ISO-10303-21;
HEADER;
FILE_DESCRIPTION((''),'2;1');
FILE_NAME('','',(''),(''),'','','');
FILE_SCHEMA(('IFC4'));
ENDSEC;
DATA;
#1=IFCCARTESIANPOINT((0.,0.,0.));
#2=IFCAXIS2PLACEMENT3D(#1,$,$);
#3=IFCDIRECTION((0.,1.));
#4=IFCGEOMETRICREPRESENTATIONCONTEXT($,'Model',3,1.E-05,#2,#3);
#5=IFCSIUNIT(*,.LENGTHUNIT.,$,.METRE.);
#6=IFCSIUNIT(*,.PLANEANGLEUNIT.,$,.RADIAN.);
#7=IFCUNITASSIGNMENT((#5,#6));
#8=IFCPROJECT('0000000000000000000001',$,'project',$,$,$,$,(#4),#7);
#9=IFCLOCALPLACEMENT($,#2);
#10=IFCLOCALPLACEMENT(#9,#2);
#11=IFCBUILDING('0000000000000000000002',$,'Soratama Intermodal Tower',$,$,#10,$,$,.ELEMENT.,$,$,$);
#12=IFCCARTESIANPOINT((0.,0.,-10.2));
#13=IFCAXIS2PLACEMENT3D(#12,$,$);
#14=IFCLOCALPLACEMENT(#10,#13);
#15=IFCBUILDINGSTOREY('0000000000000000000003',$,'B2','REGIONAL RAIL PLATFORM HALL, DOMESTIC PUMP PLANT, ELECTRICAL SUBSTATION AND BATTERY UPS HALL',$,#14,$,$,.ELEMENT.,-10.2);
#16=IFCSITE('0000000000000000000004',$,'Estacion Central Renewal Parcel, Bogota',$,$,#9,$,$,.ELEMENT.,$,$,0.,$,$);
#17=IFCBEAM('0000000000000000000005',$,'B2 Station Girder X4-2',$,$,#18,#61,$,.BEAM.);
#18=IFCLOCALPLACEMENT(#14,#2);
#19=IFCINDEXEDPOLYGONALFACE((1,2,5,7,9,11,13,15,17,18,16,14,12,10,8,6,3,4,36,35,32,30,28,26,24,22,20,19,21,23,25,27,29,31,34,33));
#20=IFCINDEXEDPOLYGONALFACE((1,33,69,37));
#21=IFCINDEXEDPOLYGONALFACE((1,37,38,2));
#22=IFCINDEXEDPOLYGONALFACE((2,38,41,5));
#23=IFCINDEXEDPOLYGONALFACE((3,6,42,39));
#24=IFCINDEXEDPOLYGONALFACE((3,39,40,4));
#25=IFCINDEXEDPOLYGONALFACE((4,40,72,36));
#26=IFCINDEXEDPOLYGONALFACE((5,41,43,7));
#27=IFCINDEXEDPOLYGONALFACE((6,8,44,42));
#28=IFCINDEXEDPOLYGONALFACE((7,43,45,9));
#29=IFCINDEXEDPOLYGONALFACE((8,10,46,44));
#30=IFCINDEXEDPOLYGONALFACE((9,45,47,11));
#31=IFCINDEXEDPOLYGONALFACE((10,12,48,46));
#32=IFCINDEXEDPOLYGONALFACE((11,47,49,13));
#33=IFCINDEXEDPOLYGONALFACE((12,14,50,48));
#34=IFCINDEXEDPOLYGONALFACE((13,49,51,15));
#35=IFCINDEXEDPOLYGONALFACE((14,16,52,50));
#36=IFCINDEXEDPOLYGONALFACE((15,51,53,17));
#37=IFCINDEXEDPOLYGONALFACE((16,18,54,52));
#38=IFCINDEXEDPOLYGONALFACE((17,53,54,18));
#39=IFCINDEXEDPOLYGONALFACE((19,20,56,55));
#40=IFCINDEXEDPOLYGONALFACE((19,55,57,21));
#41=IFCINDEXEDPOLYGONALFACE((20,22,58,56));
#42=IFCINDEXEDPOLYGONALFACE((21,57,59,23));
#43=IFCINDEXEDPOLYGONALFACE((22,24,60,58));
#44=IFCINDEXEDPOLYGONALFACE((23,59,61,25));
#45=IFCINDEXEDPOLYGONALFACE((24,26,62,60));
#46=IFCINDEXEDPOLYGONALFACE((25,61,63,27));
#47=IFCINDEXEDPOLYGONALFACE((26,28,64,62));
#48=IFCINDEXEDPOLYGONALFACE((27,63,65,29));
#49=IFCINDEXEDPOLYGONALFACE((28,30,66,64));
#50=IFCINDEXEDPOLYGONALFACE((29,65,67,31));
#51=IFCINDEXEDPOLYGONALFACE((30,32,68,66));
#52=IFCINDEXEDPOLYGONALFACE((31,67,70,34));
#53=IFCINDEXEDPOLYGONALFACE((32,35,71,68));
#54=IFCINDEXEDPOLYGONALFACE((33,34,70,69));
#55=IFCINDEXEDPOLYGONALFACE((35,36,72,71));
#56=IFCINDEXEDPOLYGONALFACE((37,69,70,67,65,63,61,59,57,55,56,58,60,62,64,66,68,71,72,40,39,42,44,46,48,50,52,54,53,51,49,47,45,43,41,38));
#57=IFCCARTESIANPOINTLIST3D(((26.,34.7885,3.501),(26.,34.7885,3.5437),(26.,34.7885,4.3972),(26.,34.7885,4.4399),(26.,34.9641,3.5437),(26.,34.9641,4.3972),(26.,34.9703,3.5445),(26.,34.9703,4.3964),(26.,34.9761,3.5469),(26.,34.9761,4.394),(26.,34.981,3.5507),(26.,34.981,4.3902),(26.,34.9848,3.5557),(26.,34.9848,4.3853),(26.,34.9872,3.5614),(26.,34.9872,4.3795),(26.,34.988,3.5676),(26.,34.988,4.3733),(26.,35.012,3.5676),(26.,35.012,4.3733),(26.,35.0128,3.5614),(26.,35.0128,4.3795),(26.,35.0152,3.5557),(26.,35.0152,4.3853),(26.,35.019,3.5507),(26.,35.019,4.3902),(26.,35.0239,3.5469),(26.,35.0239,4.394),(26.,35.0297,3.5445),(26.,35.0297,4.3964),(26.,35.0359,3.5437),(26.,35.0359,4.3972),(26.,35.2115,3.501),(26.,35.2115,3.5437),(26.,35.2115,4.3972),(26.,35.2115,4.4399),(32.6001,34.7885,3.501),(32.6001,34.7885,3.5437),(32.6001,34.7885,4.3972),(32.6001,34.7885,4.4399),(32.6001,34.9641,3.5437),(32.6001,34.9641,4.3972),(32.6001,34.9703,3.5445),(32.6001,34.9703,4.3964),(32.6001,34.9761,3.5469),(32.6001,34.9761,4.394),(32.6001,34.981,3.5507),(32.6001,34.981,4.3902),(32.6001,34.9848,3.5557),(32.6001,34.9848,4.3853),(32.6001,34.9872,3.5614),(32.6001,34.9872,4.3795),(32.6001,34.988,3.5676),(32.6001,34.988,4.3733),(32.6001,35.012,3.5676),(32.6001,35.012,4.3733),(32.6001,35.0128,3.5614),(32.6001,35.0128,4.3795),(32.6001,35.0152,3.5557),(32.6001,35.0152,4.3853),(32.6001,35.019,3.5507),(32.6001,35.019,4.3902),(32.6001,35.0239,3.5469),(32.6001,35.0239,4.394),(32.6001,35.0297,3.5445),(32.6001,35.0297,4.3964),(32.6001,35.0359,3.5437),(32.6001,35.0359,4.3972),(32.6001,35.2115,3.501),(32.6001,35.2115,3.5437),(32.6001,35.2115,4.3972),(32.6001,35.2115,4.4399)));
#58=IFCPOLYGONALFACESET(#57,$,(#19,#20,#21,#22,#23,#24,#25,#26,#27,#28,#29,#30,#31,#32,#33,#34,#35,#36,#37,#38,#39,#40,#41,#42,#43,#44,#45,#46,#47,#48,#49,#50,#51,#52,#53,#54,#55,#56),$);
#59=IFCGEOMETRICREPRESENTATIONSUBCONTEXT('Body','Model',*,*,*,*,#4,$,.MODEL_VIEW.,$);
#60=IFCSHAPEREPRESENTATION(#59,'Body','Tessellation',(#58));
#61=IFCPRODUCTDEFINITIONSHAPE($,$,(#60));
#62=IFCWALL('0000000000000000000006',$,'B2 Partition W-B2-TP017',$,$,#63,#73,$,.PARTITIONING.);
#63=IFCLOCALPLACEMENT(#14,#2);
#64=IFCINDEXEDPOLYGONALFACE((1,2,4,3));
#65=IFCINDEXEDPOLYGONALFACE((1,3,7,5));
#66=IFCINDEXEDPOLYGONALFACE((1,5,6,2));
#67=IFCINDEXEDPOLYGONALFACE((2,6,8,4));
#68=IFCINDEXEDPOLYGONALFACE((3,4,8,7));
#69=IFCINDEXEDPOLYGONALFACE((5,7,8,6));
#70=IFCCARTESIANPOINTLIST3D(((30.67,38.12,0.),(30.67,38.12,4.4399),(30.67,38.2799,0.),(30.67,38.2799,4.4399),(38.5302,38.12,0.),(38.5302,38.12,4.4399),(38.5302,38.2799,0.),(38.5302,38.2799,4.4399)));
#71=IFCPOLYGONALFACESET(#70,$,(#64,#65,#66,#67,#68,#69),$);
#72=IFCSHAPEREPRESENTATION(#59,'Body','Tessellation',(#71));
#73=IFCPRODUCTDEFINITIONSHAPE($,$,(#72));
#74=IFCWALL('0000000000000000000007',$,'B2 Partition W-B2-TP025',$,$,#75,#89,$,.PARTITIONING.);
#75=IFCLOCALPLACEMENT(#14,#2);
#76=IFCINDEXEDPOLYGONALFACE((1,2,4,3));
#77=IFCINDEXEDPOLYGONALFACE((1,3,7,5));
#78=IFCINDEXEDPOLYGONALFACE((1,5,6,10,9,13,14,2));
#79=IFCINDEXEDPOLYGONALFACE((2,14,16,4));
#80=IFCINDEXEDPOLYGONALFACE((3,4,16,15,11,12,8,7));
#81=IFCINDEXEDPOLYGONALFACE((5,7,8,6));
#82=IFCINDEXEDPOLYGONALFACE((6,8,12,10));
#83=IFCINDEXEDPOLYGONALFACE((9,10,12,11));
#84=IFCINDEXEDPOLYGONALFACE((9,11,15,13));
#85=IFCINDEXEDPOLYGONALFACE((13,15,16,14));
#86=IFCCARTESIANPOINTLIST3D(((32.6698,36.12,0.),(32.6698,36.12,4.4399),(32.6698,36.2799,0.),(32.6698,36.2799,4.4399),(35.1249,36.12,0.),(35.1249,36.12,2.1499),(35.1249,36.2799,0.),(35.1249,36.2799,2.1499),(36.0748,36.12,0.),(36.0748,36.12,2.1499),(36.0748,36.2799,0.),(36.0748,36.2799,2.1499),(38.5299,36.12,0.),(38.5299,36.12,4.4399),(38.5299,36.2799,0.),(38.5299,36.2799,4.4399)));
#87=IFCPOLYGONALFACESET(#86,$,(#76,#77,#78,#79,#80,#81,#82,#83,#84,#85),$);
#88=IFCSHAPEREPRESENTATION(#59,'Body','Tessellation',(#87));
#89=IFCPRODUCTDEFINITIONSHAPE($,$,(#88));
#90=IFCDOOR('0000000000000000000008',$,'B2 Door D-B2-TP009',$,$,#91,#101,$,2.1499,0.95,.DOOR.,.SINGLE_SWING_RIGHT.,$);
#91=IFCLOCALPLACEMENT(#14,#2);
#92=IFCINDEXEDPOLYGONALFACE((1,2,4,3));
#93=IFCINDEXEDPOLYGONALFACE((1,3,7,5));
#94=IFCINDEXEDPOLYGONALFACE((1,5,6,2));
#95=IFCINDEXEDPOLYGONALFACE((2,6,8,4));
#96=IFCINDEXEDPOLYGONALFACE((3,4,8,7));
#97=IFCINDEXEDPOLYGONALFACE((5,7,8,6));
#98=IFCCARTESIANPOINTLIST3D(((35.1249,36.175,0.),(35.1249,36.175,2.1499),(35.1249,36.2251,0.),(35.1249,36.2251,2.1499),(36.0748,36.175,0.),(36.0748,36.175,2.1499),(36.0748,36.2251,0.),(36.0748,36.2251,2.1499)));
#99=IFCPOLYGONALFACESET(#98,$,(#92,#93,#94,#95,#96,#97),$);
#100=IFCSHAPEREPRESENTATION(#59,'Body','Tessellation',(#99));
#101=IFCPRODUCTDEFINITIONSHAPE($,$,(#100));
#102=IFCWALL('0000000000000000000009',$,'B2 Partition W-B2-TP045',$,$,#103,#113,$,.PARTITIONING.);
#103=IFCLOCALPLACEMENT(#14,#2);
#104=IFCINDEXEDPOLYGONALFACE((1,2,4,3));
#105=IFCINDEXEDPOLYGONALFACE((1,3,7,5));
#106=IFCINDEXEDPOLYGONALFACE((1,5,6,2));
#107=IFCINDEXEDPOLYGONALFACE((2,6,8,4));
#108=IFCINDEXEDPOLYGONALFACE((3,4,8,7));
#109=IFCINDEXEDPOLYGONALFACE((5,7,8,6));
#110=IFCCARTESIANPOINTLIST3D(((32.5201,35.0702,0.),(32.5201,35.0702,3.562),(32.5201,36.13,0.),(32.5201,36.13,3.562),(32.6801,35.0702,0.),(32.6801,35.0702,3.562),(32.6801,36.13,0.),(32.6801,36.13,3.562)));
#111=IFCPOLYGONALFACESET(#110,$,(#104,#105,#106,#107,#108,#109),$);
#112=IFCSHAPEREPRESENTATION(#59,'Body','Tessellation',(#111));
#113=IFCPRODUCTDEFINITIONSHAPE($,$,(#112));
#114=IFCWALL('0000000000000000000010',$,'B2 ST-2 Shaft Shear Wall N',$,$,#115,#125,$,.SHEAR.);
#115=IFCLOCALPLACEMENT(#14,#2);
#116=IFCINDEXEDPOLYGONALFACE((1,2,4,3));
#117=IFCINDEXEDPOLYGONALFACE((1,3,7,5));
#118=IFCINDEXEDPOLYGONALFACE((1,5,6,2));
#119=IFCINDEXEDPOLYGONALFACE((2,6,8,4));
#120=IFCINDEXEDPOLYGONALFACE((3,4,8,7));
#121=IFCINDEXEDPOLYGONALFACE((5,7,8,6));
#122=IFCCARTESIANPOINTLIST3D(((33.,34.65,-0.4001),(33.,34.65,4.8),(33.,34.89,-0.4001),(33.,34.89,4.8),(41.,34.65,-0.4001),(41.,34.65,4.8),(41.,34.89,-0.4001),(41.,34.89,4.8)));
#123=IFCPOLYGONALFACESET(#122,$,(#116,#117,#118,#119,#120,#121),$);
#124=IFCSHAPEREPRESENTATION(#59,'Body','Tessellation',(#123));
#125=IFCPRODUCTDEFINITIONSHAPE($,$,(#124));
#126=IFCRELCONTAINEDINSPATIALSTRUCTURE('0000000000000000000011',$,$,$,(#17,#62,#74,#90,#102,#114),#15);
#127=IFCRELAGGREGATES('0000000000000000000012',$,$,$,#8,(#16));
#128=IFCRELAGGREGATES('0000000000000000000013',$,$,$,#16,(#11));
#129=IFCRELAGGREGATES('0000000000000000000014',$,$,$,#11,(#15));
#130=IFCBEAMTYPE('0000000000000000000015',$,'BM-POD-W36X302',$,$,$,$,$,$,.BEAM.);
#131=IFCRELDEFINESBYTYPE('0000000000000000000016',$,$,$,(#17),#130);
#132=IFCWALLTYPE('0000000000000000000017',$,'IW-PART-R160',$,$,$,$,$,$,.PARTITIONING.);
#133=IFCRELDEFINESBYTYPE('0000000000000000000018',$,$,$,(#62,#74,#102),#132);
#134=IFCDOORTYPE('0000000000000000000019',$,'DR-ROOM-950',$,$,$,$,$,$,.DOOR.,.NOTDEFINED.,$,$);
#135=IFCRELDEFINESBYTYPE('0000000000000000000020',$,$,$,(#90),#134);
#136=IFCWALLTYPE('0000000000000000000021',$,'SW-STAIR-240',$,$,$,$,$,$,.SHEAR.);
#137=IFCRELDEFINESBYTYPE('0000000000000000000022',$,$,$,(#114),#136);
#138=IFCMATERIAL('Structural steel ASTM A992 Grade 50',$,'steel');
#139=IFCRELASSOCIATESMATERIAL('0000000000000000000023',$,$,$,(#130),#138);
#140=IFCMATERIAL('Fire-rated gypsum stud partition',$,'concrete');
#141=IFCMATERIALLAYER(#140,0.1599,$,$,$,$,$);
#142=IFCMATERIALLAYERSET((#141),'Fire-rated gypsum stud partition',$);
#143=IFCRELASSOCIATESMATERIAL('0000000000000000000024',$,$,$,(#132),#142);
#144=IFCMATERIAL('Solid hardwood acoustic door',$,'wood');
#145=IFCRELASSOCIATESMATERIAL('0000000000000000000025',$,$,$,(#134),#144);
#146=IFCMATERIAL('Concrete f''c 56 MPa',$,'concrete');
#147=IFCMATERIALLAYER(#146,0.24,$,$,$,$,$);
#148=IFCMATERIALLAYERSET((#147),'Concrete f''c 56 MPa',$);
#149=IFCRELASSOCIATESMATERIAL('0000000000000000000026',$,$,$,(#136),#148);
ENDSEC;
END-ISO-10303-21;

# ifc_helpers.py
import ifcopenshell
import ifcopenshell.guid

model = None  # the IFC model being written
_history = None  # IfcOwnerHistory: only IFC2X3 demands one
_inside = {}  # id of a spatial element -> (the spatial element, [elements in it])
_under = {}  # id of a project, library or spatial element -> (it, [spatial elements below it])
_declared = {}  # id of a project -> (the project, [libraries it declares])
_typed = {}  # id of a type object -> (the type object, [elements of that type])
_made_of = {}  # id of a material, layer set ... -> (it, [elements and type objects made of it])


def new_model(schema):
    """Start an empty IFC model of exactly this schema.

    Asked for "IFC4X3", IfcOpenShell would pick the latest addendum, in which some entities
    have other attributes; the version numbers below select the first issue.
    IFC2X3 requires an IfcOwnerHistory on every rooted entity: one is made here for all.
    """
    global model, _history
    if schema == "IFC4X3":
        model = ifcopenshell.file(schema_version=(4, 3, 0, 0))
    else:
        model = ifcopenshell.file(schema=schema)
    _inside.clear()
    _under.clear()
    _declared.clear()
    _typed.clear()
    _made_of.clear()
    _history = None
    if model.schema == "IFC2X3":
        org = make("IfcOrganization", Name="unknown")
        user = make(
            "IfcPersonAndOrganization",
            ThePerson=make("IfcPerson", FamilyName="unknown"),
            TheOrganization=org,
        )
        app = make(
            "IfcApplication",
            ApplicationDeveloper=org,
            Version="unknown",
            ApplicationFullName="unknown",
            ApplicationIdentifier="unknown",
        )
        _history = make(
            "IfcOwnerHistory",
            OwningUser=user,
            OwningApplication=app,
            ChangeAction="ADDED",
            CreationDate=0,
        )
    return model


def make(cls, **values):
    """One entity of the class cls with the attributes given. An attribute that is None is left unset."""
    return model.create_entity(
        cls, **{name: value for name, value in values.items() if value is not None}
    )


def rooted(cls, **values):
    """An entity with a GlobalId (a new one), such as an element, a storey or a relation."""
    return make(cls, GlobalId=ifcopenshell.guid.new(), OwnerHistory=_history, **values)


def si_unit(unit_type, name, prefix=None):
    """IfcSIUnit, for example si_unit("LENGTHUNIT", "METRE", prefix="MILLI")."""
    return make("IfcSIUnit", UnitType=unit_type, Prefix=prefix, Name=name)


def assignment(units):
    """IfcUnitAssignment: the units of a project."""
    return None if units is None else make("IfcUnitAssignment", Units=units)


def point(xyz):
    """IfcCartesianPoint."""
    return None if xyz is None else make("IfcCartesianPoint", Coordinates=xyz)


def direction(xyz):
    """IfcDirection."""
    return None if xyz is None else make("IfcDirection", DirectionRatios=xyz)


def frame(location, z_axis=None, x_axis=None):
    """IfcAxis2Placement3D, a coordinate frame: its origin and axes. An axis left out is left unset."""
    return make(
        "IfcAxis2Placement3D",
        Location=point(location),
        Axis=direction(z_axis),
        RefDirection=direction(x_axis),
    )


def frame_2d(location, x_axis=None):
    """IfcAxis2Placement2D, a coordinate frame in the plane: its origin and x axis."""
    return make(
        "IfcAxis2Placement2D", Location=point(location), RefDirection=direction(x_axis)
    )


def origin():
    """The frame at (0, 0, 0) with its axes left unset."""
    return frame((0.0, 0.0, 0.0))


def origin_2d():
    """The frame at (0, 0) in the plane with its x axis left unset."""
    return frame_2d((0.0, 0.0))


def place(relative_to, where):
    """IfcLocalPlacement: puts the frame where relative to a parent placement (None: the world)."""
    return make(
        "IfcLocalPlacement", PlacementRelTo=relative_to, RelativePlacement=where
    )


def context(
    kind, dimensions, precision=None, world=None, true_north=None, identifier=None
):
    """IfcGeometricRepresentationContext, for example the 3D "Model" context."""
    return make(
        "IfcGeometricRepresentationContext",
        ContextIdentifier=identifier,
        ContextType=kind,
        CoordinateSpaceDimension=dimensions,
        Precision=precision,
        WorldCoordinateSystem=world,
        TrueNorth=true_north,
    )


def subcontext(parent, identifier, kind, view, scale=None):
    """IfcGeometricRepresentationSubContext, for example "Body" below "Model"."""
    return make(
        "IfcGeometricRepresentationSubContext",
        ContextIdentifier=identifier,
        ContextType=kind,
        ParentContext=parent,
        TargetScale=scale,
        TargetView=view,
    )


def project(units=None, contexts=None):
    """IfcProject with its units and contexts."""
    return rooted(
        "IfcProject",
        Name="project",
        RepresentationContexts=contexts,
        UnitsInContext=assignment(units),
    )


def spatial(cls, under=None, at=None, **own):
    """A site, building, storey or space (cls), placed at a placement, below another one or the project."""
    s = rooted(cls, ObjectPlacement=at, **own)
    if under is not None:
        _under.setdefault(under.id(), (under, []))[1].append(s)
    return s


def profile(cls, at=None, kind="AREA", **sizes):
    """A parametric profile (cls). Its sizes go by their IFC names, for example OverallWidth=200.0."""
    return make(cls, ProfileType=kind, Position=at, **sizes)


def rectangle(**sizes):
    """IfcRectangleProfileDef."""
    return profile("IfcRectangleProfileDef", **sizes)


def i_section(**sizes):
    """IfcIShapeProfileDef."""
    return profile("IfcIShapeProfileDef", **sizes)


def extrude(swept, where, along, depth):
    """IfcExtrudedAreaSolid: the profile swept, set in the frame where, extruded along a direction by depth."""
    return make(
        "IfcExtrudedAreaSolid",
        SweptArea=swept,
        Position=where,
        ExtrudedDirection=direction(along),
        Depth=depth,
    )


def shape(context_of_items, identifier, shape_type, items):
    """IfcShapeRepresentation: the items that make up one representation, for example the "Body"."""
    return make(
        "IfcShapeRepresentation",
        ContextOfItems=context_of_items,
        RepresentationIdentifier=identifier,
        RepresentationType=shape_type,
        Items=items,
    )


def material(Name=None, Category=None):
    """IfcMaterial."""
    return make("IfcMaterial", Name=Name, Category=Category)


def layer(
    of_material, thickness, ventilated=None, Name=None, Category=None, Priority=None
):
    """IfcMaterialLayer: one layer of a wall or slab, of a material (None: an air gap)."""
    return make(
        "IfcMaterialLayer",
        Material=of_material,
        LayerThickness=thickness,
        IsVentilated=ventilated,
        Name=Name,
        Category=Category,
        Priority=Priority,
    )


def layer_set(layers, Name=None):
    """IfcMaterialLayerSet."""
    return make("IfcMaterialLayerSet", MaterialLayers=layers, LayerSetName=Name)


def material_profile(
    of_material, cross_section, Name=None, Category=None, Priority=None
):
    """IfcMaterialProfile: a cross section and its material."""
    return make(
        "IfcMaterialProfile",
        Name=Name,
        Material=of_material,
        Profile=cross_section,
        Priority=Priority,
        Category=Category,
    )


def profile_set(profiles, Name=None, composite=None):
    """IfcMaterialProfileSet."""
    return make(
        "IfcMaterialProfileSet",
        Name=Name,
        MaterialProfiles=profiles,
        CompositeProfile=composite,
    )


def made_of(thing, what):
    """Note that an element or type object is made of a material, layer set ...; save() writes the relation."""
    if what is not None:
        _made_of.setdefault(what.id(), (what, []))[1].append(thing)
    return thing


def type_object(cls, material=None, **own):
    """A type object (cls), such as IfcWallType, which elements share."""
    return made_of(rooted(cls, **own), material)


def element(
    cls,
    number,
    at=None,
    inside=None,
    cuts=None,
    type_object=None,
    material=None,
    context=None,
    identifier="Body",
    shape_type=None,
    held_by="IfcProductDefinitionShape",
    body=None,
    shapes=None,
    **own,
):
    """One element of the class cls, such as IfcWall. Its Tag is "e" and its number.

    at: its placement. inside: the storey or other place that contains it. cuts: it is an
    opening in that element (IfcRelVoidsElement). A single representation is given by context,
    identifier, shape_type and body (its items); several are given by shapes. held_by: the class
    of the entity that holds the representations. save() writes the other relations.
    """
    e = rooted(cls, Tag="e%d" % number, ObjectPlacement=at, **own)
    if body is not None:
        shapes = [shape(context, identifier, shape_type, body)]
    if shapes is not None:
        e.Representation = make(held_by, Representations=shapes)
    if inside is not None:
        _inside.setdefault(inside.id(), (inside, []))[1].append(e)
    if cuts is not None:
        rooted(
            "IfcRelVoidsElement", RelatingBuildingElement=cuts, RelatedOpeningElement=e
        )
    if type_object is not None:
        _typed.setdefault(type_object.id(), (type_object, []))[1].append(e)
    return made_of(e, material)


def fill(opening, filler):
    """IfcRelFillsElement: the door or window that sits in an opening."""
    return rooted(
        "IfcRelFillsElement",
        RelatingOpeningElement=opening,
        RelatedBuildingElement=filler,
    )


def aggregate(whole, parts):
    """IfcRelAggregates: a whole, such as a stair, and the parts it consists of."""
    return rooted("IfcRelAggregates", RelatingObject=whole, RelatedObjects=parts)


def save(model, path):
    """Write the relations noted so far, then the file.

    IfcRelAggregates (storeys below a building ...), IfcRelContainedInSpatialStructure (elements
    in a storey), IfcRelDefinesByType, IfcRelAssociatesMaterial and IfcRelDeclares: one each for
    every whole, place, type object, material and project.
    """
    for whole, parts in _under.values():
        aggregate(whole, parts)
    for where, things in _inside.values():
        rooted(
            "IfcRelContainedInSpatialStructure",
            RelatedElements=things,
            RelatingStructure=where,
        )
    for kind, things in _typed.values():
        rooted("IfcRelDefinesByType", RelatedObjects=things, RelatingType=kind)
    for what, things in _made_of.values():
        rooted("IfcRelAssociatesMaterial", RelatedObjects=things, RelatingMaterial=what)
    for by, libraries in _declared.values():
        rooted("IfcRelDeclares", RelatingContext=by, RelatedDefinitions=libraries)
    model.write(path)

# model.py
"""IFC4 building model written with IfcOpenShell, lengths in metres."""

from ifc_helpers import new_model, si_unit, direction, frame, frame_2d, origin, origin_2d, place, context, subcontext, project, spatial, rectangle, i_section, extrude, material, layer, layer_set, material_profile, profile_set, type_object, element, fill, save


model = new_model("IFC4")

# Units and contexts
model_context = context("Model", 3, precision=1e-05, world=origin(), true_north=direction((0.0, 1.0)))
body_context = subcontext(model_context, "Body", "Model", "MODEL_VIEW")
ifc_project = project(units=[si_unit("LENGTHUNIT", "METRE"), si_unit("PLANEANGLEUNIT", "RADIAN")], contexts=[model_context])

# Site, building, storey
site_placement = place(None, origin())
site = spatial("IfcSite", under=ifc_project, at=site_placement, Name="Estacion Central Renewal Parcel, Bogota", CompositionType="ELEMENT", RefElevation=0.0)
building_placement = place(site_placement, origin())
building = spatial("IfcBuilding", under=site, at=building_placement, Name="Soratama Intermodal Tower", CompositionType="ELEMENT")
storey_placement = place(building_placement, frame((0.0, 0.0, -10.2)))
storey = spatial("IfcBuildingStorey", under=building, at=storey_placement, Name="B2", Description="REGIONAL RAIL PLATFORM HALL, DOMESTIC PUMP PLANT, ELECTRICAL SUBSTATION AND BATTERY UPS HALL", CompositionType="ELEMENT", Elevation=-10.2)

# Beam
ifc_material_1 = material(Name="Structural steel ASTM A992 Grade 50", Category="steel")
ifc_material_profile_1 = material_profile(ifc_material_1, i_section(OverallWidth=0.4231, OverallDepth=0.939, WebThickness=0.0239, FlangeThickness=0.0427, FilletRadius=0.0239, at=origin_2d()), Name="W36X302")
ifc_profile_set_1 = profile_set([ifc_material_profile_1], Name="Structural steel ASTM A992 Grade 50")
beam_type_1 = type_object("IfcBeamType", Name="BM-POD-W36X302", PredefinedType="BEAM", material=ifc_profile_set_1)
beam_1_placement = place(storey_placement, frame((26.0, 35.0, 3.9705), z_axis=(1.0, 0.0, 0.0), x_axis=(0.0, 1.0, 0.0)))
element("IfcBeam", 1, at=beam_1_placement, inside=storey, type_object=beam_type_1, Name="B2 Station Girder X4-2", PredefinedType="BEAM", context=body_context, shape_type="SweptSolid", body=[
    extrude(i_section(OverallWidth=0.4231, OverallDepth=0.939, WebThickness=0.0239, FlangeThickness=0.0427, FilletRadius=0.0239, at=origin_2d()), origin(), (0.0, 0.0, 1.0), 6.6001),
])

# Wall
ifc_material_2 = material(Name="Fire-rated gypsum stud partition", Category="concrete")
ifc_layer_1 = layer(ifc_material_2, 0.1599)
ifc_layer_set_1 = layer_set([ifc_layer_1], Name="Fire-rated gypsum stud partition")
wall_type_1 = type_object("IfcWallType", Name="IW-PART-R160", PredefinedType="PARTITIONING", material=ifc_layer_set_1)
wall_1_placement = place(storey_placement, frame((30.6699, 38.2, 0.0), z_axis=(0.0, 0.0, 1.0), x_axis=(1.0, 0.0, 0.0)))
element("IfcWall", 2, at=wall_1_placement, inside=storey, type_object=wall_type_1, Name="B2 Partition W-B2-TP017", PredefinedType="PARTITIONING", context=body_context, shape_type="SweptSolid", body=[
    extrude(rectangle(XDim=7.8601, YDim=0.1599, at=frame_2d((3.9302, 0.0))), origin(), (0.0, 0.0, 1.0), 4.4399),
])

# Wall, opening, door
wall_2_placement = place(storey_placement, frame((38.53, 36.2, 0.0), z_axis=(0.0, 0.0, 1.0), x_axis=(-1.0, 0.0, 0.0)))
wall_2 = element("IfcWall", 3, at=wall_2_placement, inside=storey, type_object=wall_type_1, Name="B2 Partition W-B2-TP025", PredefinedType="PARTITIONING", context=body_context, shape_type="SweptSolid", body=[
    extrude(rectangle(XDim=5.8601, YDim=0.1599, at=frame_2d((2.9302, 0.0))), origin(), (0.0, 0.0, 1.0), 4.4399),
])
opening_placement = place(wall_2_placement, frame((2.4551, 0.0, 0.0)))
opening = element("IfcOpeningElement", 4, at=opening_placement, cuts=wall_2, PredefinedType="OPENING", context=body_context, shape_type="SweptSolid", body=[
    extrude(rectangle(XDim=0.95, YDim=2.1499, at=frame_2d((0.4751, 1.075))), frame((0.0, 0.0898, 0.0), z_axis=(0.0, -1.0, 0.0), x_axis=(1.0, 0.0, 0.0)), (0.0, 0.0, 1.0), 0.1799),
])
ifc_material_3 = material(Name="Solid hardwood acoustic door", Category="wood")
door_type = type_object("IfcDoorType", Name="DR-ROOM-950", OperationType="NOTDEFINED", PredefinedType="DOOR", material=ifc_material_3)
door_placement = place(opening_placement, origin())
door = element("IfcDoor", 5, at=door_placement, inside=storey, type_object=door_type, Name="B2 Door D-B2-TP009", OperationType="SINGLE_SWING_RIGHT", OverallHeight=2.1499, OverallWidth=0.95, PredefinedType="DOOR", context=body_context, shape_type="SweptSolid", body=[
    extrude(rectangle(XDim=0.95, YDim=2.1499, at=frame_2d((0.4751, 1.075))), frame((0.0, 0.0249, 0.0), z_axis=(0.0, -1.0, 0.0), x_axis=(1.0, 0.0, 0.0)), (0.0, 0.0, 1.0), 0.05),
])
fill(opening, door)

# Walls
wall_3_placement = place(storey_placement, frame((32.6001, 36.1299, 0.0), z_axis=(0.0, 0.0, 1.0), x_axis=(0.0, -1.0, 0.0)))
element("IfcWall", 6, at=wall_3_placement, inside=storey, type_object=wall_type_1, Name="B2 Partition W-B2-TP045", PredefinedType="PARTITIONING", context=body_context, shape_type="SweptSolid", body=[
    extrude(rectangle(XDim=1.0598, YDim=0.1599, at=frame_2d((0.5298, 0.0))), origin(), (0.0, 0.0, 1.0), 3.562),
])
ifc_material_4 = material(Name="Concrete f'c 56 MPa", Category="concrete")
ifc_layer_2 = layer(ifc_material_4, 0.24)
ifc_layer_set_2 = layer_set([ifc_layer_2], Name="Concrete f'c 56 MPa")
wall_type_2 = type_object("IfcWallType", Name="SW-STAIR-240", PredefinedType="SHEAR", material=ifc_layer_set_2)
wall_4_placement = place(storey_placement, frame((33.0, 34.77, -0.4001), z_axis=(0.0, 0.0, 1.0), x_axis=(1.0, 0.0, 0.0)))
element("IfcWall", 7, at=wall_4_placement, inside=storey, type_object=wall_type_2, Name="B2 ST-2 Shaft Shear Wall N", PredefinedType="SHEAR", context=body_context, shape_type="SweptSolid", body=[
    extrude(rectangle(XDim=8.0, YDim=0.24, at=frame_2d((4.0, 0.0))), origin(), (0.0, 0.0, 1.0), 5.2002),
])

save(model, "model.ifc")
